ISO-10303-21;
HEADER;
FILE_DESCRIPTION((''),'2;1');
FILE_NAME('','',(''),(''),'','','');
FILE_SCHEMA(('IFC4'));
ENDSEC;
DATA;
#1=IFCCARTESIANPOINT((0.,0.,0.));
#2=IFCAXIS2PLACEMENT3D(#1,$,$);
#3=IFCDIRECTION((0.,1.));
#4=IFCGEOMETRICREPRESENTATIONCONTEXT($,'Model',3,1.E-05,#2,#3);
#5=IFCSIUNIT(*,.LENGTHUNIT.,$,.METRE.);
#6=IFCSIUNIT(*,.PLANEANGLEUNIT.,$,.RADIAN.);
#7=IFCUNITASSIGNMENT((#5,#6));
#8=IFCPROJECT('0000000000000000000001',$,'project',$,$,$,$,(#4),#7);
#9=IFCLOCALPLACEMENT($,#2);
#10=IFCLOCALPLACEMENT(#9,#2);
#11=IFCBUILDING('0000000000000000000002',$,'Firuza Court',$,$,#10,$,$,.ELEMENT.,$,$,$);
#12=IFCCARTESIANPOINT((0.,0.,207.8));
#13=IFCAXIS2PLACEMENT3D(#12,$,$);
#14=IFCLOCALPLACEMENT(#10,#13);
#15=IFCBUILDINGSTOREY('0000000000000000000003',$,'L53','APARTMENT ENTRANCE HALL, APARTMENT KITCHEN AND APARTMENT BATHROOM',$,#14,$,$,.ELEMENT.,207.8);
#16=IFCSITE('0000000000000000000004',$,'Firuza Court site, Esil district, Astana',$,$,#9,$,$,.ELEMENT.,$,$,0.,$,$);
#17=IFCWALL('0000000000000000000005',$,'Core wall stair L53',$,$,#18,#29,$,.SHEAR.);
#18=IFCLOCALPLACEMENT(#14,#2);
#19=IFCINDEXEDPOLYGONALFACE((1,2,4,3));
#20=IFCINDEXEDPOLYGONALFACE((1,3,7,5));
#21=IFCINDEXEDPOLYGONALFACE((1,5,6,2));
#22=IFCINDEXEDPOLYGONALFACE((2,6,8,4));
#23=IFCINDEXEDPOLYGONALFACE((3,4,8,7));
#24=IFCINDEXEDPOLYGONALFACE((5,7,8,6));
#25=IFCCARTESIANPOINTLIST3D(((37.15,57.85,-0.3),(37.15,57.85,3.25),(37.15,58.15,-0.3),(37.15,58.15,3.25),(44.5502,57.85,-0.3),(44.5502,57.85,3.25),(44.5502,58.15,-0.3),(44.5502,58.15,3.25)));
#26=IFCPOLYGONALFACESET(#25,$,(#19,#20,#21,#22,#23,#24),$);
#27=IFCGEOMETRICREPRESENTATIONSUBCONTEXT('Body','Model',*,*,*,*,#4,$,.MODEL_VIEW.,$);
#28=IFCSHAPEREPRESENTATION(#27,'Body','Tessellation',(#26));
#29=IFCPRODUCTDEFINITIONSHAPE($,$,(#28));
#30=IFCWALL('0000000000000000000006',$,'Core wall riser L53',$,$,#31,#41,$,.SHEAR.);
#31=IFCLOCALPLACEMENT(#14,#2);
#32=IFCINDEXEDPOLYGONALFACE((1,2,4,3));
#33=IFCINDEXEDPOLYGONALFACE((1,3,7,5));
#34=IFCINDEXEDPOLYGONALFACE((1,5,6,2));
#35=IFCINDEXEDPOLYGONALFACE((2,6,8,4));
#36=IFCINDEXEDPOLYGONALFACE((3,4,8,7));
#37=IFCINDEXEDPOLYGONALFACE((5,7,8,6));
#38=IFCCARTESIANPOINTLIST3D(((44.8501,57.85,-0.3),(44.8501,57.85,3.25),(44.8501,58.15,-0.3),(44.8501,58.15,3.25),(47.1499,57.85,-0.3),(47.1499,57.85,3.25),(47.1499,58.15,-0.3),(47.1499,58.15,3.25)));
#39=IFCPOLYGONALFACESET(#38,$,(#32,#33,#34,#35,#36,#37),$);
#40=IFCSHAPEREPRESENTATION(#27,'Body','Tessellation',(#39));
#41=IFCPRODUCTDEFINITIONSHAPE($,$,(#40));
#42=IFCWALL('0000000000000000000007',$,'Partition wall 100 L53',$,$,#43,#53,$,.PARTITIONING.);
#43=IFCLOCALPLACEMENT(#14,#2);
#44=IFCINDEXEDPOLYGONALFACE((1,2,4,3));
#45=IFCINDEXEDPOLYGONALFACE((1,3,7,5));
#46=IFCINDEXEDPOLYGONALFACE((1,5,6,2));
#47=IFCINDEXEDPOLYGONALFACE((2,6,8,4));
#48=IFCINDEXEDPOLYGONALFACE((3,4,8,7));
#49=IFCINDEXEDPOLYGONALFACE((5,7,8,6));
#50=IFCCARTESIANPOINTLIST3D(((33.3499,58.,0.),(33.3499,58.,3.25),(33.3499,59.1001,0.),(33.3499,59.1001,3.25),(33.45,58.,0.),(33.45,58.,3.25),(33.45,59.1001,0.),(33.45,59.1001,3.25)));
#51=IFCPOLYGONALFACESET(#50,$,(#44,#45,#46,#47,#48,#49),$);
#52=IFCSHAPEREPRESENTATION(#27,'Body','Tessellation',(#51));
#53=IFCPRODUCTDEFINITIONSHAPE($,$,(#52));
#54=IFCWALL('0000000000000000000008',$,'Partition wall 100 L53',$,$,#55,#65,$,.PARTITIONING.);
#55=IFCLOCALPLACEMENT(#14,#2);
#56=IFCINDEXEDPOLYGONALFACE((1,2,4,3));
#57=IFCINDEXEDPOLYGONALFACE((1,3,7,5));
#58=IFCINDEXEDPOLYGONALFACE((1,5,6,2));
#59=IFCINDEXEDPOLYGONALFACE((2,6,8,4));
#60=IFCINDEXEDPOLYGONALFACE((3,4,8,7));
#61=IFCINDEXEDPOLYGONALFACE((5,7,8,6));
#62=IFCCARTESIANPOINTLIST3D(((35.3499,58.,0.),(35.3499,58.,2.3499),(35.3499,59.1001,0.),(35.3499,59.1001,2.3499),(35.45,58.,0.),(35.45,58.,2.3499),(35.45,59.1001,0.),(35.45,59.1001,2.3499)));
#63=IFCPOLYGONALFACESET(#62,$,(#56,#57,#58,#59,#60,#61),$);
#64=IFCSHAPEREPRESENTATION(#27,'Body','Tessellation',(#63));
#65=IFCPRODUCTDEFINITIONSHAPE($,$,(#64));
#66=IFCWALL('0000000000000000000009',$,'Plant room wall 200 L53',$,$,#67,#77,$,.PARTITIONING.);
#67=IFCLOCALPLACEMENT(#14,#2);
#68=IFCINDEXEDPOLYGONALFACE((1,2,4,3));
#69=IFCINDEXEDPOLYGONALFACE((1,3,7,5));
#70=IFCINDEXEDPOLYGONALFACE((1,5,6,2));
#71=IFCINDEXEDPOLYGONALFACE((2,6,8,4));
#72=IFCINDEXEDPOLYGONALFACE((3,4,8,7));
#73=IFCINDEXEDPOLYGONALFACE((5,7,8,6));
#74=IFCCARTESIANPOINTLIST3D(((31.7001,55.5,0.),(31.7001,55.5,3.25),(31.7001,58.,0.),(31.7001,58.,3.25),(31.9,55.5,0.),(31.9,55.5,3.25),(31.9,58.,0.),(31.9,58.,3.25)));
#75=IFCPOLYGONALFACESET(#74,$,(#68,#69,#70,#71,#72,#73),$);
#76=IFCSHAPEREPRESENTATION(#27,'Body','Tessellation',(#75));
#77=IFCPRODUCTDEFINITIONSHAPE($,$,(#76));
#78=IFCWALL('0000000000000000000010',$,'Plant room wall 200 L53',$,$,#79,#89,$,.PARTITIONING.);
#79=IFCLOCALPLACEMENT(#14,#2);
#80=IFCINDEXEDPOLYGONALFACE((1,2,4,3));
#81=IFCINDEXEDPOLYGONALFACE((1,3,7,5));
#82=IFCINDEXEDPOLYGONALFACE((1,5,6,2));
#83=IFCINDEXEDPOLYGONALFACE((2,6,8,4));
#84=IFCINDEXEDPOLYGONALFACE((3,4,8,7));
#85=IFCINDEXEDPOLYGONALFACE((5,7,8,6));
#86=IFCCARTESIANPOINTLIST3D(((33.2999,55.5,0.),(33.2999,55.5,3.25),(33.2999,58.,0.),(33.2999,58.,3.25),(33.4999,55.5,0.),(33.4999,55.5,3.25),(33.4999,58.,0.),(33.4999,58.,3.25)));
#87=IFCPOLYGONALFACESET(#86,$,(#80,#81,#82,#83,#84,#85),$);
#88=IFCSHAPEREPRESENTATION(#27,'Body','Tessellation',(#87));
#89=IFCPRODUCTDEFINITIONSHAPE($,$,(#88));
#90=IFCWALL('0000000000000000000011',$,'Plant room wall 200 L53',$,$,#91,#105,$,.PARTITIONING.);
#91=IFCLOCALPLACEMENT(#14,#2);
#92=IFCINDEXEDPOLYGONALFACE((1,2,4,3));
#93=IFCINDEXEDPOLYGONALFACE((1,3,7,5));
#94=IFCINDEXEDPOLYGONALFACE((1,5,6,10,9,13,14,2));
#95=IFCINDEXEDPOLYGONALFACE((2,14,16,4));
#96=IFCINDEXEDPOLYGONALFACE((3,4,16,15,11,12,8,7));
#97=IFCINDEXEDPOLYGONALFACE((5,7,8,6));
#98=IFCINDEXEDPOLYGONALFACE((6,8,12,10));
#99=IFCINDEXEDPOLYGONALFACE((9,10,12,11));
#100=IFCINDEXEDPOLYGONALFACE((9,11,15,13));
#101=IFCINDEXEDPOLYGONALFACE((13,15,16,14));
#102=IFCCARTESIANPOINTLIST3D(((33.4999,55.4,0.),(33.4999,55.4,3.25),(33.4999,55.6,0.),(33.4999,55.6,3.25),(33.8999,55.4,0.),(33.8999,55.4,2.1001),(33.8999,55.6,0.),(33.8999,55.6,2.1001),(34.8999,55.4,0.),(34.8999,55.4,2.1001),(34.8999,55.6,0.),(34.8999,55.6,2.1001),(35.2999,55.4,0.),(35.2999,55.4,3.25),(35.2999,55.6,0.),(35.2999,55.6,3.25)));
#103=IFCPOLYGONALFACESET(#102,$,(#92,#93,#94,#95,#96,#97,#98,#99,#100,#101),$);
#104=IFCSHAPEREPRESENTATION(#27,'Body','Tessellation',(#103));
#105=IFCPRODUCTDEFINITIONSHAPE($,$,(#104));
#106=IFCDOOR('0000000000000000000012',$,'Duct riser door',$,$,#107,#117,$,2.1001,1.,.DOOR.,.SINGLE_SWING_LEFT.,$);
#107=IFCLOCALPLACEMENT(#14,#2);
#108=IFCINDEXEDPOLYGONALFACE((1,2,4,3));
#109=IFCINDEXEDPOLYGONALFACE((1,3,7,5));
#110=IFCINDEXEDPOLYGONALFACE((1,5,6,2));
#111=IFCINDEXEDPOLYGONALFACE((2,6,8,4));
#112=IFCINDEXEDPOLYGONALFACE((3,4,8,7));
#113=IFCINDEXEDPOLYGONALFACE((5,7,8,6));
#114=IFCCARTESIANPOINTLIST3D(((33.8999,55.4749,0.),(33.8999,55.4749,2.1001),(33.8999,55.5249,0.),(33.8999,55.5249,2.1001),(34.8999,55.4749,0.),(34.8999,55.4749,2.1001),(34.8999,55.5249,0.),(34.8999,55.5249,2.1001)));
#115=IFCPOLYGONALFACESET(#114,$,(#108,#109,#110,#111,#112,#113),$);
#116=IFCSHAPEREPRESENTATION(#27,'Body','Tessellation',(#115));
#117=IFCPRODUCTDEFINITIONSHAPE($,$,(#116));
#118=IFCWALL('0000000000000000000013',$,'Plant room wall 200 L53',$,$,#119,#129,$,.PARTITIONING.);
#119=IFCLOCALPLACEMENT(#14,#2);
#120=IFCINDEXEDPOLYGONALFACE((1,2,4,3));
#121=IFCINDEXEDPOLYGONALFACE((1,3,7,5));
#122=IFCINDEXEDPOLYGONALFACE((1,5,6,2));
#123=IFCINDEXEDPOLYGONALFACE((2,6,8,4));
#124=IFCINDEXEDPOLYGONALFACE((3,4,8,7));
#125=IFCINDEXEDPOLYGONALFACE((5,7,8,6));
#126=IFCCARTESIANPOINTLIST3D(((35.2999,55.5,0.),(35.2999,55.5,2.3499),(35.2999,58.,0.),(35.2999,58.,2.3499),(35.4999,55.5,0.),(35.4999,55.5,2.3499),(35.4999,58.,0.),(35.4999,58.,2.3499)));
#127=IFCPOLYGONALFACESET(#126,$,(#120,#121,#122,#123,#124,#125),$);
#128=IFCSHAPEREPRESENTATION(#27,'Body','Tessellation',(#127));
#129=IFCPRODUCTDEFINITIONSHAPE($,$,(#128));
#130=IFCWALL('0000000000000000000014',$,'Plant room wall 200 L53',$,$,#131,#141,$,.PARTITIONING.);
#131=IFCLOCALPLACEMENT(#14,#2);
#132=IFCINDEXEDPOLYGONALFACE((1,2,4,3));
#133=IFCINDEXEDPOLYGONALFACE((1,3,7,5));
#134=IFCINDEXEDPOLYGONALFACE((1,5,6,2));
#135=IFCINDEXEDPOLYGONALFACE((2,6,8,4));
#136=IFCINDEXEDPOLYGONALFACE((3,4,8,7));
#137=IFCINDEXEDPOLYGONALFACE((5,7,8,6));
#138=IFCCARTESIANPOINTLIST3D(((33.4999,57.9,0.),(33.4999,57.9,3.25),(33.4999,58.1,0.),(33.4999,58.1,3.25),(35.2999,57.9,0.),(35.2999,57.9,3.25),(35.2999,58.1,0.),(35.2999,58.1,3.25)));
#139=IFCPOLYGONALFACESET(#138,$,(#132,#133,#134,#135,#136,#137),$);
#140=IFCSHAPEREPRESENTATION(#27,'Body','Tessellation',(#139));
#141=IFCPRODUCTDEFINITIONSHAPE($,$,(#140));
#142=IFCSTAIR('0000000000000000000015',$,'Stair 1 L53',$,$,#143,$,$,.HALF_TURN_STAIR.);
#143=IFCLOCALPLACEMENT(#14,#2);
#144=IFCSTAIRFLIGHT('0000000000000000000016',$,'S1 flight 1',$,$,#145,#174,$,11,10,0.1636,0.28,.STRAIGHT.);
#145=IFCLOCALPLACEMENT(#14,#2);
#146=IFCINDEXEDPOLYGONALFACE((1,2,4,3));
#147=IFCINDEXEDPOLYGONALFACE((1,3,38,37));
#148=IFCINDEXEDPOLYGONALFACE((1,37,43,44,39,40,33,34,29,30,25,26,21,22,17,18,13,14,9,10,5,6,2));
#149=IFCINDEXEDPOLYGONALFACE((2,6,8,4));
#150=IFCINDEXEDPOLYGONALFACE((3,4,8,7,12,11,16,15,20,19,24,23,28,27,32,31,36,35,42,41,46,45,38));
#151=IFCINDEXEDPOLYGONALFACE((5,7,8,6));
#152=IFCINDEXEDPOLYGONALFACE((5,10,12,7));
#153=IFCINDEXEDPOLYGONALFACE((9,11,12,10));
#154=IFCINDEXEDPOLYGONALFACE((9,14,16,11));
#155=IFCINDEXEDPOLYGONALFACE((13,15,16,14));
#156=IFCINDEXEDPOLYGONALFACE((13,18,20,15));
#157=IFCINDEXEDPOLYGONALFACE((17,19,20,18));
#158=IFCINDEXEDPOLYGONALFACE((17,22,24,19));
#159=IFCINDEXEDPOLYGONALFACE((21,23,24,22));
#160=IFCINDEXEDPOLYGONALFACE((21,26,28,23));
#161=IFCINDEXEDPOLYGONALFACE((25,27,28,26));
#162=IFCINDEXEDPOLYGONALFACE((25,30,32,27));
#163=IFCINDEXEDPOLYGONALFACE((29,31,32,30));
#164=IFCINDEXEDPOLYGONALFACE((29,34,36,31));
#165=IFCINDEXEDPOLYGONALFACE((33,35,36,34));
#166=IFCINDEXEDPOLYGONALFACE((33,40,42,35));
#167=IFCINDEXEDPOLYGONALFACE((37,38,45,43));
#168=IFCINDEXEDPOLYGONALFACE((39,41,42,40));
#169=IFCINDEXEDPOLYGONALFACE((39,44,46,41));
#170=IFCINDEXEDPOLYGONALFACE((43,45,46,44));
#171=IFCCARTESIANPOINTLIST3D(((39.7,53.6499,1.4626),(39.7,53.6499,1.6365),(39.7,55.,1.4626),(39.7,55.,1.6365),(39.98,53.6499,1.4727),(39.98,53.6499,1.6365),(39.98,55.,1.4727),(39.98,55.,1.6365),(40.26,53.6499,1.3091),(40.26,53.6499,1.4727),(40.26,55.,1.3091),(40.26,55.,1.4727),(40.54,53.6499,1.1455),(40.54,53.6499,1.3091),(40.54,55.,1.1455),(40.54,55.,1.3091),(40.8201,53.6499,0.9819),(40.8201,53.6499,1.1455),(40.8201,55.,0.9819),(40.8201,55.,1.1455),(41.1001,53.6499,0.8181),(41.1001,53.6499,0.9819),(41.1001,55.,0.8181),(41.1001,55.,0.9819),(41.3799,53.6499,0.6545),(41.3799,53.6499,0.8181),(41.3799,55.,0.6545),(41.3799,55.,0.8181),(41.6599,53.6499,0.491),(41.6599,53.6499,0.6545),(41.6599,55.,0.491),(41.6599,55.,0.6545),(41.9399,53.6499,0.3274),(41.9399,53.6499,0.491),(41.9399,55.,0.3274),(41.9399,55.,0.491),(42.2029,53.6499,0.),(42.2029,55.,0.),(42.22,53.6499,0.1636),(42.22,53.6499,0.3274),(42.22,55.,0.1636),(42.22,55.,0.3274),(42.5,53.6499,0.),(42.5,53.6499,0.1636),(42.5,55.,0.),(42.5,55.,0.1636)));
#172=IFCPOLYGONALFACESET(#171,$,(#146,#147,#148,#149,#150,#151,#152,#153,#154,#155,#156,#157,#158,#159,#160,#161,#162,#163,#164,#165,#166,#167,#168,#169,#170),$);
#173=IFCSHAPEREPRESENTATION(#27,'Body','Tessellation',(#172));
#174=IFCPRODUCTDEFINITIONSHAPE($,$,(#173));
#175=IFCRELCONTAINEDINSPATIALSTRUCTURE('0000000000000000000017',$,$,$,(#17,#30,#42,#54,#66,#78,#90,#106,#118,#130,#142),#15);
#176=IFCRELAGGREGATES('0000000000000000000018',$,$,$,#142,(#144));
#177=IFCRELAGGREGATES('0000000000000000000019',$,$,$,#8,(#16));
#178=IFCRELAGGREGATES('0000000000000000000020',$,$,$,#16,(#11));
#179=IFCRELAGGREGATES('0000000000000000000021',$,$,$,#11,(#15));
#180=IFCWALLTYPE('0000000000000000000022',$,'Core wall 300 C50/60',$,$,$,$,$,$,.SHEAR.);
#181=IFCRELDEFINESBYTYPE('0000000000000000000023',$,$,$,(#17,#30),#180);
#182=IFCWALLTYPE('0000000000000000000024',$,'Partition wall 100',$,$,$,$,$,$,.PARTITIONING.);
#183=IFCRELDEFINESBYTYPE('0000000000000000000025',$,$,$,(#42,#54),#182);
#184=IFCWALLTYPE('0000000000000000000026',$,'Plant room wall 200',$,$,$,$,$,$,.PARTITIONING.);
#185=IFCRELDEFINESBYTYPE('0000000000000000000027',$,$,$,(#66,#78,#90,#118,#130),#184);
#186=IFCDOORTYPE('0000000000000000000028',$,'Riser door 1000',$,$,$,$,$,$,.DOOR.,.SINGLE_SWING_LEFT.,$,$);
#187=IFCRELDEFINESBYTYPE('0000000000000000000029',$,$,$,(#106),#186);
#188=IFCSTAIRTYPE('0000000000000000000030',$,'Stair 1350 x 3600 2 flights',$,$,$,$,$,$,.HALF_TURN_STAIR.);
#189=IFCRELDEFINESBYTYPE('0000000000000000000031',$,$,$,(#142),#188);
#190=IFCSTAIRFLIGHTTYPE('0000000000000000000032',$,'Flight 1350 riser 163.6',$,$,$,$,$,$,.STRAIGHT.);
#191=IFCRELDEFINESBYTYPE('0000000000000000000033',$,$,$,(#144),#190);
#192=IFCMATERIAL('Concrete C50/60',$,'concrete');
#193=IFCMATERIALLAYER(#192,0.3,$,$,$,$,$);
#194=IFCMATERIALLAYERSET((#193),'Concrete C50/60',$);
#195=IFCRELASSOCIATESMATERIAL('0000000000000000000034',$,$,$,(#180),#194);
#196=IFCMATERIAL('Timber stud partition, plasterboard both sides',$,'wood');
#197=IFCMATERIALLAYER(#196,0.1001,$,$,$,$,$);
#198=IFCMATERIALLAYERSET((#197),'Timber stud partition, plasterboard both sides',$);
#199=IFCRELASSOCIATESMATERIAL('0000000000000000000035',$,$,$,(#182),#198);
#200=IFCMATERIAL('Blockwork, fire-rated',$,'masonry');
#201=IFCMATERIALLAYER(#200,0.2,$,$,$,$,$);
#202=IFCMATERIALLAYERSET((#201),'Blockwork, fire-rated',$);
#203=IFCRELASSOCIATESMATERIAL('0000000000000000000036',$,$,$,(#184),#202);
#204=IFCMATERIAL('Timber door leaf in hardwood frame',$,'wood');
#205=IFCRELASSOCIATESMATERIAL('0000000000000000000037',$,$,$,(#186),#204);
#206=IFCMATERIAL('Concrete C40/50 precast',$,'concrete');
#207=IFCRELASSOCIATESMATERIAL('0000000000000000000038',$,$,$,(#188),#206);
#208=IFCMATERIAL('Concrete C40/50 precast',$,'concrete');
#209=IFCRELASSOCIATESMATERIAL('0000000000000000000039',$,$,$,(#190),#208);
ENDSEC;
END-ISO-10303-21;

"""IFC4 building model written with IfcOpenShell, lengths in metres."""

from ifc_helpers import new_model, si_unit, direction, frame, frame_2d, origin, place, context, subcontext, project, spatial, polyline, rectangle, outline, extrude, material, layer, layer_set, type_object, element, fill, aggregate, save


model = new_model("IFC4")

# Units and contexts
model_context = context("Model", 3, precision=1e-05, world=origin(), true_north=direction((0.0, 1.0)))
body_context = subcontext(model_context, "Body", "Model", "MODEL_VIEW")
ifc_project = project(units=[si_unit("LENGTHUNIT", "METRE"), si_unit("PLANEANGLEUNIT", "RADIAN")], contexts=[model_context])

# Site, building, storey
site_placement = place(None, origin())
site = spatial("IfcSite", under=ifc_project, at=site_placement, Name="Firuza Court site, Esil district, Astana", CompositionType="ELEMENT", RefElevation=0.0)
building_placement = place(site_placement, origin())
building = spatial("IfcBuilding", under=site, at=building_placement, Name="Firuza Court", CompositionType="ELEMENT")
storey_placement = place(building_placement, frame((0.0, 0.0, 207.8)))
storey = spatial("IfcBuildingStorey", under=building, at=storey_placement, Name="L53", Description="APARTMENT ENTRANCE HALL, APARTMENT KITCHEN AND APARTMENT BATHROOM", CompositionType="ELEMENT", Elevation=207.8)

# Walls
ifc_material_1 = material(Name="Concrete C50/60", Category="concrete")
ifc_layer_1 = layer(ifc_material_1, 0.3)
ifc_layer_set_1 = layer_set([ifc_layer_1], Name="Concrete C50/60")
wall_type_1 = type_object("IfcWallType", Name="Core wall 300 C50/60", PredefinedType="SHEAR", material=ifc_layer_set_1)
wall_1_placement = place(storey_placement, frame((37.1499, 58.0, -0.3), z_axis=(0.0, 0.0, 1.0), x_axis=(1.0, 0.0, 0.0)))
element("IfcWall", 1, at=wall_1_placement, inside=storey, type_object=wall_type_1, Name="Core wall stair L53", PredefinedType="SHEAR", context=body_context, shape_type="SweptSolid", body=[
    extrude(rectangle(XDim=7.4001, YDim=0.3, at=frame_2d((3.7002, 0.0))), origin(), (0.0, 0.0, 1.0), 3.55),
])
wall_2_placement = place(storey_placement, frame((44.8501, 58.0, -0.3), z_axis=(0.0, 0.0, 1.0), x_axis=(1.0, 0.0, 0.0)))
element("IfcWall", 2, at=wall_2_placement, inside=storey, type_object=wall_type_1, Name="Core wall riser L53", PredefinedType="SHEAR", context=body_context, shape_type="SweptSolid", body=[
    extrude(rectangle(XDim=2.2998, YDim=0.3, at=frame_2d((1.1499, 0.0))), origin(), (0.0, 0.0, 1.0), 3.55),
])
ifc_material_2 = material(Name="Timber stud partition, plasterboard both sides", Category="wood")
ifc_layer_2 = layer(ifc_material_2, 0.1001)
ifc_layer_set_2 = layer_set([ifc_layer_2], Name="Timber stud partition, plasterboard both sides")
wall_type_2 = type_object("IfcWallType", Name="Partition wall 100", PredefinedType="PARTITIONING", material=ifc_layer_set_2)
wall_3_placement = place(storey_placement, frame((33.3999, 58.0, 0.0), z_axis=(0.0, 0.0, 1.0), x_axis=(0.0, 1.0, 0.0)))
element("IfcWall", 3, at=wall_3_placement, inside=storey, type_object=wall_type_2, Name="Partition wall 100 L53", PredefinedType="PARTITIONING", context=body_context, shape_type="SweptSolid", body=[
    extrude(rectangle(XDim=1.1001, YDim=0.1001, at=frame_2d((0.55, 0.0))), origin(), (0.0, 0.0, 1.0), 3.25),
])
wall_4_placement = place(storey_placement, frame((35.3999, 58.0, 0.0), z_axis=(0.0, 0.0, 1.0), x_axis=(0.0, 1.0, 0.0)))
element("IfcWall", 4, at=wall_4_placement, inside=storey, type_object=wall_type_2, Name="Partition wall 100 L53", PredefinedType="PARTITIONING", context=body_context, shape_type="SweptSolid", body=[
    extrude(rectangle(XDim=1.1001, YDim=0.1001, at=frame_2d((0.55, 0.0))), origin(), (0.0, 0.0, 1.0), 2.3499),
])
ifc_material_3 = material(Name="Blockwork, fire-rated", Category="masonry")
ifc_layer_3 = layer(ifc_material_3, 0.2)
ifc_layer_set_3 = layer_set([ifc_layer_3], Name="Blockwork, fire-rated")
wall_type_3 = type_object("IfcWallType", Name="Plant room wall 200", PredefinedType="PARTITIONING", material=ifc_layer_set_3)
for number, where, z_axis, x_axis, name in (
    (5, (31.8, 55.5, 0.0), (0.0, 0.0, 1.0), (0.0, 1.0, 0.0), "Plant room wall 200 L53"),
    (6, (33.3999, 55.5, 0.0), (0.0, 0.0, 1.0), (0.0, 1.0, 0.0), "Plant room wall 200 L53"),
):
    element("IfcWall", number, at=place(storey_placement, frame(where, z_axis=z_axis, x_axis=x_axis)), inside=storey, type_object=wall_type_3, Name=name, PredefinedType="PARTITIONING", context=body_context, shape_type="SweptSolid", body=[
        extrude(rectangle(XDim=2.5, YDim=0.2, at=frame_2d((1.25, 0.0))), origin(), (0.0, 0.0, 1.0), 3.25),
    ])

# Wall, opening, door
wall_5_placement = place(storey_placement, frame((33.5, 55.5, 0.0), z_axis=(0.0, 0.0, 1.0), x_axis=(1.0, 0.0, 0.0)))
wall_5 = element("IfcWall", 7, at=wall_5_placement, inside=storey, type_object=wall_type_3, Name="Plant room wall 200 L53", PredefinedType="PARTITIONING", context=body_context, shape_type="SweptSolid", body=[
    extrude(rectangle(XDim=1.8, YDim=0.2, at=frame_2d((0.8999, 0.0))), origin(), (0.0, 0.0, 1.0), 3.25),
])
opening_placement = place(wall_5_placement, frame((0.3999, 0.0, 0.0)))
opening = element("IfcOpeningElement", 8, at=opening_placement, cuts=wall_5, PredefinedType="OPENING", context=body_context, shape_type="SweptSolid", body=[
    extrude(rectangle(XDim=1.0, YDim=2.1001, at=frame_2d((0.5, 1.05))), frame((0.0, 0.1118, 0.0), z_axis=(0.0, -1.0, 0.0), x_axis=(1.0, 0.0, 0.0)), (0.0, 0.0, 1.0), 0.2239),
])
ifc_material_4 = material(Name="Timber door leaf in hardwood frame", Category="wood")
door_type = type_object("IfcDoorType", Name="Riser door 1000", OperationType="SINGLE_SWING_LEFT", PredefinedType="DOOR", material=ifc_material_4)
door_placement = place(opening_placement, origin())
door = element("IfcDoor", 9, at=door_placement, inside=storey, type_object=door_type, Name="Duct riser door", OperationType="SINGLE_SWING_LEFT", OverallHeight=2.1001, OverallWidth=1.0, PredefinedType="DOOR", context=body_context, shape_type="SweptSolid", body=[
    extrude(rectangle(XDim=1.0, YDim=2.1001, at=frame_2d((0.5, 1.05))), frame((0.0, 0.0249, 0.0), z_axis=(0.0, -1.0, 0.0), x_axis=(1.0, 0.0, 0.0)), (0.0, 0.0, 1.0), 0.05),
])
fill(opening, door)

# Walls
wall_6_placement = place(storey_placement, frame((35.3999, 55.5, 0.0), z_axis=(0.0, 0.0, 1.0), x_axis=(0.0, 1.0, 0.0)))
element("IfcWall", 10, at=wall_6_placement, inside=storey, type_object=wall_type_3, Name="Plant room wall 200 L53", PredefinedType="PARTITIONING", context=body_context, shape_type="SweptSolid", body=[
    extrude(rectangle(XDim=2.5, YDim=0.2, at=frame_2d((1.25, 0.0))), origin(), (0.0, 0.0, 1.0), 2.3499),
])
wall_7_placement = place(storey_placement, frame((33.5, 58.0, 0.0), z_axis=(0.0, 0.0, 1.0), x_axis=(1.0, 0.0, 0.0)))
element("IfcWall", 11, at=wall_7_placement, inside=storey, type_object=wall_type_3, Name="Plant room wall 200 L53", PredefinedType="PARTITIONING", context=body_context, shape_type="SweptSolid", body=[
    extrude(rectangle(XDim=1.8, YDim=0.2, at=frame_2d((0.8999, 0.0))), origin(), (0.0, 0.0, 1.0), 3.25),
])

# Stair, stair flight
ifc_material_5 = material(Name="Concrete C40/50 precast", Category="concrete")
stair_type = type_object("IfcStairType", Name="Stair 1350 x 3600 2 flights", PredefinedType="HALF_TURN_STAIR", material=ifc_material_5)
stair_placement = place(storey_placement, origin())
stair = element("IfcStair", 12, at=stair_placement, inside=storey, type_object=stair_type, Name="Stair 1 L53", PredefinedType="HALF_TURN_STAIR")
ifc_material_6 = material(Name="Concrete C40/50 precast", Category="concrete")
stair_flight_type = type_object("IfcStairFlightType", Name="Flight 1350 riser 163.6", PredefinedType="STRAIGHT", material=ifc_material_6)
stair_flight_1_placement = place(storey_placement, frame((42.5, 54.325, 0.0), z_axis=(0.0, 0.0, 1.0), x_axis=(-1.0, 0.0, 0.0)))
stair_flight_1 = element("IfcStairFlight", 13, at=stair_flight_1_placement, type_object=stair_flight_type, Name="S1 flight 1", NumberOfRisers=11, NumberOfTreads=10, PredefinedType="STRAIGHT", RiserHeight=0.1636, TreadLength=0.28, context=body_context, shape_type="SweptSolid", body=[
    extrude(outline(polyline([(0.0, 0.0), (0.0, 0.1636), (0.28, 0.1636), (0.28, 0.3274), (0.5601, 0.3274), (0.5601, 0.491), (0.8401, 0.491), (0.8401, 0.6545), (1.1201, 0.6545), (1.1201, 0.8181), (1.3999, 0.8181), (1.3999, 0.9819), (1.6799, 0.9819), (1.6799, 1.1455), (1.96, 1.1455), (1.96, 1.3091), (2.24, 1.3091), (2.24, 1.4727), (2.52, 1.4727), (2.52, 1.6365), (2.8, 1.6365), (2.8, 1.8), (2.8, 1.4626), (0.2971, 0.0), (0.0, 0.0)])), frame((0.0, 0.675, 0.0), z_axis=(0.0, -1.0, 0.0), x_axis=(1.0, 0.0, 0.0)), (0.0, 0.0, 1.0), 1.3501),
])
aggregate(stair, [stair_flight_1])

save(model, "model.ifc")
